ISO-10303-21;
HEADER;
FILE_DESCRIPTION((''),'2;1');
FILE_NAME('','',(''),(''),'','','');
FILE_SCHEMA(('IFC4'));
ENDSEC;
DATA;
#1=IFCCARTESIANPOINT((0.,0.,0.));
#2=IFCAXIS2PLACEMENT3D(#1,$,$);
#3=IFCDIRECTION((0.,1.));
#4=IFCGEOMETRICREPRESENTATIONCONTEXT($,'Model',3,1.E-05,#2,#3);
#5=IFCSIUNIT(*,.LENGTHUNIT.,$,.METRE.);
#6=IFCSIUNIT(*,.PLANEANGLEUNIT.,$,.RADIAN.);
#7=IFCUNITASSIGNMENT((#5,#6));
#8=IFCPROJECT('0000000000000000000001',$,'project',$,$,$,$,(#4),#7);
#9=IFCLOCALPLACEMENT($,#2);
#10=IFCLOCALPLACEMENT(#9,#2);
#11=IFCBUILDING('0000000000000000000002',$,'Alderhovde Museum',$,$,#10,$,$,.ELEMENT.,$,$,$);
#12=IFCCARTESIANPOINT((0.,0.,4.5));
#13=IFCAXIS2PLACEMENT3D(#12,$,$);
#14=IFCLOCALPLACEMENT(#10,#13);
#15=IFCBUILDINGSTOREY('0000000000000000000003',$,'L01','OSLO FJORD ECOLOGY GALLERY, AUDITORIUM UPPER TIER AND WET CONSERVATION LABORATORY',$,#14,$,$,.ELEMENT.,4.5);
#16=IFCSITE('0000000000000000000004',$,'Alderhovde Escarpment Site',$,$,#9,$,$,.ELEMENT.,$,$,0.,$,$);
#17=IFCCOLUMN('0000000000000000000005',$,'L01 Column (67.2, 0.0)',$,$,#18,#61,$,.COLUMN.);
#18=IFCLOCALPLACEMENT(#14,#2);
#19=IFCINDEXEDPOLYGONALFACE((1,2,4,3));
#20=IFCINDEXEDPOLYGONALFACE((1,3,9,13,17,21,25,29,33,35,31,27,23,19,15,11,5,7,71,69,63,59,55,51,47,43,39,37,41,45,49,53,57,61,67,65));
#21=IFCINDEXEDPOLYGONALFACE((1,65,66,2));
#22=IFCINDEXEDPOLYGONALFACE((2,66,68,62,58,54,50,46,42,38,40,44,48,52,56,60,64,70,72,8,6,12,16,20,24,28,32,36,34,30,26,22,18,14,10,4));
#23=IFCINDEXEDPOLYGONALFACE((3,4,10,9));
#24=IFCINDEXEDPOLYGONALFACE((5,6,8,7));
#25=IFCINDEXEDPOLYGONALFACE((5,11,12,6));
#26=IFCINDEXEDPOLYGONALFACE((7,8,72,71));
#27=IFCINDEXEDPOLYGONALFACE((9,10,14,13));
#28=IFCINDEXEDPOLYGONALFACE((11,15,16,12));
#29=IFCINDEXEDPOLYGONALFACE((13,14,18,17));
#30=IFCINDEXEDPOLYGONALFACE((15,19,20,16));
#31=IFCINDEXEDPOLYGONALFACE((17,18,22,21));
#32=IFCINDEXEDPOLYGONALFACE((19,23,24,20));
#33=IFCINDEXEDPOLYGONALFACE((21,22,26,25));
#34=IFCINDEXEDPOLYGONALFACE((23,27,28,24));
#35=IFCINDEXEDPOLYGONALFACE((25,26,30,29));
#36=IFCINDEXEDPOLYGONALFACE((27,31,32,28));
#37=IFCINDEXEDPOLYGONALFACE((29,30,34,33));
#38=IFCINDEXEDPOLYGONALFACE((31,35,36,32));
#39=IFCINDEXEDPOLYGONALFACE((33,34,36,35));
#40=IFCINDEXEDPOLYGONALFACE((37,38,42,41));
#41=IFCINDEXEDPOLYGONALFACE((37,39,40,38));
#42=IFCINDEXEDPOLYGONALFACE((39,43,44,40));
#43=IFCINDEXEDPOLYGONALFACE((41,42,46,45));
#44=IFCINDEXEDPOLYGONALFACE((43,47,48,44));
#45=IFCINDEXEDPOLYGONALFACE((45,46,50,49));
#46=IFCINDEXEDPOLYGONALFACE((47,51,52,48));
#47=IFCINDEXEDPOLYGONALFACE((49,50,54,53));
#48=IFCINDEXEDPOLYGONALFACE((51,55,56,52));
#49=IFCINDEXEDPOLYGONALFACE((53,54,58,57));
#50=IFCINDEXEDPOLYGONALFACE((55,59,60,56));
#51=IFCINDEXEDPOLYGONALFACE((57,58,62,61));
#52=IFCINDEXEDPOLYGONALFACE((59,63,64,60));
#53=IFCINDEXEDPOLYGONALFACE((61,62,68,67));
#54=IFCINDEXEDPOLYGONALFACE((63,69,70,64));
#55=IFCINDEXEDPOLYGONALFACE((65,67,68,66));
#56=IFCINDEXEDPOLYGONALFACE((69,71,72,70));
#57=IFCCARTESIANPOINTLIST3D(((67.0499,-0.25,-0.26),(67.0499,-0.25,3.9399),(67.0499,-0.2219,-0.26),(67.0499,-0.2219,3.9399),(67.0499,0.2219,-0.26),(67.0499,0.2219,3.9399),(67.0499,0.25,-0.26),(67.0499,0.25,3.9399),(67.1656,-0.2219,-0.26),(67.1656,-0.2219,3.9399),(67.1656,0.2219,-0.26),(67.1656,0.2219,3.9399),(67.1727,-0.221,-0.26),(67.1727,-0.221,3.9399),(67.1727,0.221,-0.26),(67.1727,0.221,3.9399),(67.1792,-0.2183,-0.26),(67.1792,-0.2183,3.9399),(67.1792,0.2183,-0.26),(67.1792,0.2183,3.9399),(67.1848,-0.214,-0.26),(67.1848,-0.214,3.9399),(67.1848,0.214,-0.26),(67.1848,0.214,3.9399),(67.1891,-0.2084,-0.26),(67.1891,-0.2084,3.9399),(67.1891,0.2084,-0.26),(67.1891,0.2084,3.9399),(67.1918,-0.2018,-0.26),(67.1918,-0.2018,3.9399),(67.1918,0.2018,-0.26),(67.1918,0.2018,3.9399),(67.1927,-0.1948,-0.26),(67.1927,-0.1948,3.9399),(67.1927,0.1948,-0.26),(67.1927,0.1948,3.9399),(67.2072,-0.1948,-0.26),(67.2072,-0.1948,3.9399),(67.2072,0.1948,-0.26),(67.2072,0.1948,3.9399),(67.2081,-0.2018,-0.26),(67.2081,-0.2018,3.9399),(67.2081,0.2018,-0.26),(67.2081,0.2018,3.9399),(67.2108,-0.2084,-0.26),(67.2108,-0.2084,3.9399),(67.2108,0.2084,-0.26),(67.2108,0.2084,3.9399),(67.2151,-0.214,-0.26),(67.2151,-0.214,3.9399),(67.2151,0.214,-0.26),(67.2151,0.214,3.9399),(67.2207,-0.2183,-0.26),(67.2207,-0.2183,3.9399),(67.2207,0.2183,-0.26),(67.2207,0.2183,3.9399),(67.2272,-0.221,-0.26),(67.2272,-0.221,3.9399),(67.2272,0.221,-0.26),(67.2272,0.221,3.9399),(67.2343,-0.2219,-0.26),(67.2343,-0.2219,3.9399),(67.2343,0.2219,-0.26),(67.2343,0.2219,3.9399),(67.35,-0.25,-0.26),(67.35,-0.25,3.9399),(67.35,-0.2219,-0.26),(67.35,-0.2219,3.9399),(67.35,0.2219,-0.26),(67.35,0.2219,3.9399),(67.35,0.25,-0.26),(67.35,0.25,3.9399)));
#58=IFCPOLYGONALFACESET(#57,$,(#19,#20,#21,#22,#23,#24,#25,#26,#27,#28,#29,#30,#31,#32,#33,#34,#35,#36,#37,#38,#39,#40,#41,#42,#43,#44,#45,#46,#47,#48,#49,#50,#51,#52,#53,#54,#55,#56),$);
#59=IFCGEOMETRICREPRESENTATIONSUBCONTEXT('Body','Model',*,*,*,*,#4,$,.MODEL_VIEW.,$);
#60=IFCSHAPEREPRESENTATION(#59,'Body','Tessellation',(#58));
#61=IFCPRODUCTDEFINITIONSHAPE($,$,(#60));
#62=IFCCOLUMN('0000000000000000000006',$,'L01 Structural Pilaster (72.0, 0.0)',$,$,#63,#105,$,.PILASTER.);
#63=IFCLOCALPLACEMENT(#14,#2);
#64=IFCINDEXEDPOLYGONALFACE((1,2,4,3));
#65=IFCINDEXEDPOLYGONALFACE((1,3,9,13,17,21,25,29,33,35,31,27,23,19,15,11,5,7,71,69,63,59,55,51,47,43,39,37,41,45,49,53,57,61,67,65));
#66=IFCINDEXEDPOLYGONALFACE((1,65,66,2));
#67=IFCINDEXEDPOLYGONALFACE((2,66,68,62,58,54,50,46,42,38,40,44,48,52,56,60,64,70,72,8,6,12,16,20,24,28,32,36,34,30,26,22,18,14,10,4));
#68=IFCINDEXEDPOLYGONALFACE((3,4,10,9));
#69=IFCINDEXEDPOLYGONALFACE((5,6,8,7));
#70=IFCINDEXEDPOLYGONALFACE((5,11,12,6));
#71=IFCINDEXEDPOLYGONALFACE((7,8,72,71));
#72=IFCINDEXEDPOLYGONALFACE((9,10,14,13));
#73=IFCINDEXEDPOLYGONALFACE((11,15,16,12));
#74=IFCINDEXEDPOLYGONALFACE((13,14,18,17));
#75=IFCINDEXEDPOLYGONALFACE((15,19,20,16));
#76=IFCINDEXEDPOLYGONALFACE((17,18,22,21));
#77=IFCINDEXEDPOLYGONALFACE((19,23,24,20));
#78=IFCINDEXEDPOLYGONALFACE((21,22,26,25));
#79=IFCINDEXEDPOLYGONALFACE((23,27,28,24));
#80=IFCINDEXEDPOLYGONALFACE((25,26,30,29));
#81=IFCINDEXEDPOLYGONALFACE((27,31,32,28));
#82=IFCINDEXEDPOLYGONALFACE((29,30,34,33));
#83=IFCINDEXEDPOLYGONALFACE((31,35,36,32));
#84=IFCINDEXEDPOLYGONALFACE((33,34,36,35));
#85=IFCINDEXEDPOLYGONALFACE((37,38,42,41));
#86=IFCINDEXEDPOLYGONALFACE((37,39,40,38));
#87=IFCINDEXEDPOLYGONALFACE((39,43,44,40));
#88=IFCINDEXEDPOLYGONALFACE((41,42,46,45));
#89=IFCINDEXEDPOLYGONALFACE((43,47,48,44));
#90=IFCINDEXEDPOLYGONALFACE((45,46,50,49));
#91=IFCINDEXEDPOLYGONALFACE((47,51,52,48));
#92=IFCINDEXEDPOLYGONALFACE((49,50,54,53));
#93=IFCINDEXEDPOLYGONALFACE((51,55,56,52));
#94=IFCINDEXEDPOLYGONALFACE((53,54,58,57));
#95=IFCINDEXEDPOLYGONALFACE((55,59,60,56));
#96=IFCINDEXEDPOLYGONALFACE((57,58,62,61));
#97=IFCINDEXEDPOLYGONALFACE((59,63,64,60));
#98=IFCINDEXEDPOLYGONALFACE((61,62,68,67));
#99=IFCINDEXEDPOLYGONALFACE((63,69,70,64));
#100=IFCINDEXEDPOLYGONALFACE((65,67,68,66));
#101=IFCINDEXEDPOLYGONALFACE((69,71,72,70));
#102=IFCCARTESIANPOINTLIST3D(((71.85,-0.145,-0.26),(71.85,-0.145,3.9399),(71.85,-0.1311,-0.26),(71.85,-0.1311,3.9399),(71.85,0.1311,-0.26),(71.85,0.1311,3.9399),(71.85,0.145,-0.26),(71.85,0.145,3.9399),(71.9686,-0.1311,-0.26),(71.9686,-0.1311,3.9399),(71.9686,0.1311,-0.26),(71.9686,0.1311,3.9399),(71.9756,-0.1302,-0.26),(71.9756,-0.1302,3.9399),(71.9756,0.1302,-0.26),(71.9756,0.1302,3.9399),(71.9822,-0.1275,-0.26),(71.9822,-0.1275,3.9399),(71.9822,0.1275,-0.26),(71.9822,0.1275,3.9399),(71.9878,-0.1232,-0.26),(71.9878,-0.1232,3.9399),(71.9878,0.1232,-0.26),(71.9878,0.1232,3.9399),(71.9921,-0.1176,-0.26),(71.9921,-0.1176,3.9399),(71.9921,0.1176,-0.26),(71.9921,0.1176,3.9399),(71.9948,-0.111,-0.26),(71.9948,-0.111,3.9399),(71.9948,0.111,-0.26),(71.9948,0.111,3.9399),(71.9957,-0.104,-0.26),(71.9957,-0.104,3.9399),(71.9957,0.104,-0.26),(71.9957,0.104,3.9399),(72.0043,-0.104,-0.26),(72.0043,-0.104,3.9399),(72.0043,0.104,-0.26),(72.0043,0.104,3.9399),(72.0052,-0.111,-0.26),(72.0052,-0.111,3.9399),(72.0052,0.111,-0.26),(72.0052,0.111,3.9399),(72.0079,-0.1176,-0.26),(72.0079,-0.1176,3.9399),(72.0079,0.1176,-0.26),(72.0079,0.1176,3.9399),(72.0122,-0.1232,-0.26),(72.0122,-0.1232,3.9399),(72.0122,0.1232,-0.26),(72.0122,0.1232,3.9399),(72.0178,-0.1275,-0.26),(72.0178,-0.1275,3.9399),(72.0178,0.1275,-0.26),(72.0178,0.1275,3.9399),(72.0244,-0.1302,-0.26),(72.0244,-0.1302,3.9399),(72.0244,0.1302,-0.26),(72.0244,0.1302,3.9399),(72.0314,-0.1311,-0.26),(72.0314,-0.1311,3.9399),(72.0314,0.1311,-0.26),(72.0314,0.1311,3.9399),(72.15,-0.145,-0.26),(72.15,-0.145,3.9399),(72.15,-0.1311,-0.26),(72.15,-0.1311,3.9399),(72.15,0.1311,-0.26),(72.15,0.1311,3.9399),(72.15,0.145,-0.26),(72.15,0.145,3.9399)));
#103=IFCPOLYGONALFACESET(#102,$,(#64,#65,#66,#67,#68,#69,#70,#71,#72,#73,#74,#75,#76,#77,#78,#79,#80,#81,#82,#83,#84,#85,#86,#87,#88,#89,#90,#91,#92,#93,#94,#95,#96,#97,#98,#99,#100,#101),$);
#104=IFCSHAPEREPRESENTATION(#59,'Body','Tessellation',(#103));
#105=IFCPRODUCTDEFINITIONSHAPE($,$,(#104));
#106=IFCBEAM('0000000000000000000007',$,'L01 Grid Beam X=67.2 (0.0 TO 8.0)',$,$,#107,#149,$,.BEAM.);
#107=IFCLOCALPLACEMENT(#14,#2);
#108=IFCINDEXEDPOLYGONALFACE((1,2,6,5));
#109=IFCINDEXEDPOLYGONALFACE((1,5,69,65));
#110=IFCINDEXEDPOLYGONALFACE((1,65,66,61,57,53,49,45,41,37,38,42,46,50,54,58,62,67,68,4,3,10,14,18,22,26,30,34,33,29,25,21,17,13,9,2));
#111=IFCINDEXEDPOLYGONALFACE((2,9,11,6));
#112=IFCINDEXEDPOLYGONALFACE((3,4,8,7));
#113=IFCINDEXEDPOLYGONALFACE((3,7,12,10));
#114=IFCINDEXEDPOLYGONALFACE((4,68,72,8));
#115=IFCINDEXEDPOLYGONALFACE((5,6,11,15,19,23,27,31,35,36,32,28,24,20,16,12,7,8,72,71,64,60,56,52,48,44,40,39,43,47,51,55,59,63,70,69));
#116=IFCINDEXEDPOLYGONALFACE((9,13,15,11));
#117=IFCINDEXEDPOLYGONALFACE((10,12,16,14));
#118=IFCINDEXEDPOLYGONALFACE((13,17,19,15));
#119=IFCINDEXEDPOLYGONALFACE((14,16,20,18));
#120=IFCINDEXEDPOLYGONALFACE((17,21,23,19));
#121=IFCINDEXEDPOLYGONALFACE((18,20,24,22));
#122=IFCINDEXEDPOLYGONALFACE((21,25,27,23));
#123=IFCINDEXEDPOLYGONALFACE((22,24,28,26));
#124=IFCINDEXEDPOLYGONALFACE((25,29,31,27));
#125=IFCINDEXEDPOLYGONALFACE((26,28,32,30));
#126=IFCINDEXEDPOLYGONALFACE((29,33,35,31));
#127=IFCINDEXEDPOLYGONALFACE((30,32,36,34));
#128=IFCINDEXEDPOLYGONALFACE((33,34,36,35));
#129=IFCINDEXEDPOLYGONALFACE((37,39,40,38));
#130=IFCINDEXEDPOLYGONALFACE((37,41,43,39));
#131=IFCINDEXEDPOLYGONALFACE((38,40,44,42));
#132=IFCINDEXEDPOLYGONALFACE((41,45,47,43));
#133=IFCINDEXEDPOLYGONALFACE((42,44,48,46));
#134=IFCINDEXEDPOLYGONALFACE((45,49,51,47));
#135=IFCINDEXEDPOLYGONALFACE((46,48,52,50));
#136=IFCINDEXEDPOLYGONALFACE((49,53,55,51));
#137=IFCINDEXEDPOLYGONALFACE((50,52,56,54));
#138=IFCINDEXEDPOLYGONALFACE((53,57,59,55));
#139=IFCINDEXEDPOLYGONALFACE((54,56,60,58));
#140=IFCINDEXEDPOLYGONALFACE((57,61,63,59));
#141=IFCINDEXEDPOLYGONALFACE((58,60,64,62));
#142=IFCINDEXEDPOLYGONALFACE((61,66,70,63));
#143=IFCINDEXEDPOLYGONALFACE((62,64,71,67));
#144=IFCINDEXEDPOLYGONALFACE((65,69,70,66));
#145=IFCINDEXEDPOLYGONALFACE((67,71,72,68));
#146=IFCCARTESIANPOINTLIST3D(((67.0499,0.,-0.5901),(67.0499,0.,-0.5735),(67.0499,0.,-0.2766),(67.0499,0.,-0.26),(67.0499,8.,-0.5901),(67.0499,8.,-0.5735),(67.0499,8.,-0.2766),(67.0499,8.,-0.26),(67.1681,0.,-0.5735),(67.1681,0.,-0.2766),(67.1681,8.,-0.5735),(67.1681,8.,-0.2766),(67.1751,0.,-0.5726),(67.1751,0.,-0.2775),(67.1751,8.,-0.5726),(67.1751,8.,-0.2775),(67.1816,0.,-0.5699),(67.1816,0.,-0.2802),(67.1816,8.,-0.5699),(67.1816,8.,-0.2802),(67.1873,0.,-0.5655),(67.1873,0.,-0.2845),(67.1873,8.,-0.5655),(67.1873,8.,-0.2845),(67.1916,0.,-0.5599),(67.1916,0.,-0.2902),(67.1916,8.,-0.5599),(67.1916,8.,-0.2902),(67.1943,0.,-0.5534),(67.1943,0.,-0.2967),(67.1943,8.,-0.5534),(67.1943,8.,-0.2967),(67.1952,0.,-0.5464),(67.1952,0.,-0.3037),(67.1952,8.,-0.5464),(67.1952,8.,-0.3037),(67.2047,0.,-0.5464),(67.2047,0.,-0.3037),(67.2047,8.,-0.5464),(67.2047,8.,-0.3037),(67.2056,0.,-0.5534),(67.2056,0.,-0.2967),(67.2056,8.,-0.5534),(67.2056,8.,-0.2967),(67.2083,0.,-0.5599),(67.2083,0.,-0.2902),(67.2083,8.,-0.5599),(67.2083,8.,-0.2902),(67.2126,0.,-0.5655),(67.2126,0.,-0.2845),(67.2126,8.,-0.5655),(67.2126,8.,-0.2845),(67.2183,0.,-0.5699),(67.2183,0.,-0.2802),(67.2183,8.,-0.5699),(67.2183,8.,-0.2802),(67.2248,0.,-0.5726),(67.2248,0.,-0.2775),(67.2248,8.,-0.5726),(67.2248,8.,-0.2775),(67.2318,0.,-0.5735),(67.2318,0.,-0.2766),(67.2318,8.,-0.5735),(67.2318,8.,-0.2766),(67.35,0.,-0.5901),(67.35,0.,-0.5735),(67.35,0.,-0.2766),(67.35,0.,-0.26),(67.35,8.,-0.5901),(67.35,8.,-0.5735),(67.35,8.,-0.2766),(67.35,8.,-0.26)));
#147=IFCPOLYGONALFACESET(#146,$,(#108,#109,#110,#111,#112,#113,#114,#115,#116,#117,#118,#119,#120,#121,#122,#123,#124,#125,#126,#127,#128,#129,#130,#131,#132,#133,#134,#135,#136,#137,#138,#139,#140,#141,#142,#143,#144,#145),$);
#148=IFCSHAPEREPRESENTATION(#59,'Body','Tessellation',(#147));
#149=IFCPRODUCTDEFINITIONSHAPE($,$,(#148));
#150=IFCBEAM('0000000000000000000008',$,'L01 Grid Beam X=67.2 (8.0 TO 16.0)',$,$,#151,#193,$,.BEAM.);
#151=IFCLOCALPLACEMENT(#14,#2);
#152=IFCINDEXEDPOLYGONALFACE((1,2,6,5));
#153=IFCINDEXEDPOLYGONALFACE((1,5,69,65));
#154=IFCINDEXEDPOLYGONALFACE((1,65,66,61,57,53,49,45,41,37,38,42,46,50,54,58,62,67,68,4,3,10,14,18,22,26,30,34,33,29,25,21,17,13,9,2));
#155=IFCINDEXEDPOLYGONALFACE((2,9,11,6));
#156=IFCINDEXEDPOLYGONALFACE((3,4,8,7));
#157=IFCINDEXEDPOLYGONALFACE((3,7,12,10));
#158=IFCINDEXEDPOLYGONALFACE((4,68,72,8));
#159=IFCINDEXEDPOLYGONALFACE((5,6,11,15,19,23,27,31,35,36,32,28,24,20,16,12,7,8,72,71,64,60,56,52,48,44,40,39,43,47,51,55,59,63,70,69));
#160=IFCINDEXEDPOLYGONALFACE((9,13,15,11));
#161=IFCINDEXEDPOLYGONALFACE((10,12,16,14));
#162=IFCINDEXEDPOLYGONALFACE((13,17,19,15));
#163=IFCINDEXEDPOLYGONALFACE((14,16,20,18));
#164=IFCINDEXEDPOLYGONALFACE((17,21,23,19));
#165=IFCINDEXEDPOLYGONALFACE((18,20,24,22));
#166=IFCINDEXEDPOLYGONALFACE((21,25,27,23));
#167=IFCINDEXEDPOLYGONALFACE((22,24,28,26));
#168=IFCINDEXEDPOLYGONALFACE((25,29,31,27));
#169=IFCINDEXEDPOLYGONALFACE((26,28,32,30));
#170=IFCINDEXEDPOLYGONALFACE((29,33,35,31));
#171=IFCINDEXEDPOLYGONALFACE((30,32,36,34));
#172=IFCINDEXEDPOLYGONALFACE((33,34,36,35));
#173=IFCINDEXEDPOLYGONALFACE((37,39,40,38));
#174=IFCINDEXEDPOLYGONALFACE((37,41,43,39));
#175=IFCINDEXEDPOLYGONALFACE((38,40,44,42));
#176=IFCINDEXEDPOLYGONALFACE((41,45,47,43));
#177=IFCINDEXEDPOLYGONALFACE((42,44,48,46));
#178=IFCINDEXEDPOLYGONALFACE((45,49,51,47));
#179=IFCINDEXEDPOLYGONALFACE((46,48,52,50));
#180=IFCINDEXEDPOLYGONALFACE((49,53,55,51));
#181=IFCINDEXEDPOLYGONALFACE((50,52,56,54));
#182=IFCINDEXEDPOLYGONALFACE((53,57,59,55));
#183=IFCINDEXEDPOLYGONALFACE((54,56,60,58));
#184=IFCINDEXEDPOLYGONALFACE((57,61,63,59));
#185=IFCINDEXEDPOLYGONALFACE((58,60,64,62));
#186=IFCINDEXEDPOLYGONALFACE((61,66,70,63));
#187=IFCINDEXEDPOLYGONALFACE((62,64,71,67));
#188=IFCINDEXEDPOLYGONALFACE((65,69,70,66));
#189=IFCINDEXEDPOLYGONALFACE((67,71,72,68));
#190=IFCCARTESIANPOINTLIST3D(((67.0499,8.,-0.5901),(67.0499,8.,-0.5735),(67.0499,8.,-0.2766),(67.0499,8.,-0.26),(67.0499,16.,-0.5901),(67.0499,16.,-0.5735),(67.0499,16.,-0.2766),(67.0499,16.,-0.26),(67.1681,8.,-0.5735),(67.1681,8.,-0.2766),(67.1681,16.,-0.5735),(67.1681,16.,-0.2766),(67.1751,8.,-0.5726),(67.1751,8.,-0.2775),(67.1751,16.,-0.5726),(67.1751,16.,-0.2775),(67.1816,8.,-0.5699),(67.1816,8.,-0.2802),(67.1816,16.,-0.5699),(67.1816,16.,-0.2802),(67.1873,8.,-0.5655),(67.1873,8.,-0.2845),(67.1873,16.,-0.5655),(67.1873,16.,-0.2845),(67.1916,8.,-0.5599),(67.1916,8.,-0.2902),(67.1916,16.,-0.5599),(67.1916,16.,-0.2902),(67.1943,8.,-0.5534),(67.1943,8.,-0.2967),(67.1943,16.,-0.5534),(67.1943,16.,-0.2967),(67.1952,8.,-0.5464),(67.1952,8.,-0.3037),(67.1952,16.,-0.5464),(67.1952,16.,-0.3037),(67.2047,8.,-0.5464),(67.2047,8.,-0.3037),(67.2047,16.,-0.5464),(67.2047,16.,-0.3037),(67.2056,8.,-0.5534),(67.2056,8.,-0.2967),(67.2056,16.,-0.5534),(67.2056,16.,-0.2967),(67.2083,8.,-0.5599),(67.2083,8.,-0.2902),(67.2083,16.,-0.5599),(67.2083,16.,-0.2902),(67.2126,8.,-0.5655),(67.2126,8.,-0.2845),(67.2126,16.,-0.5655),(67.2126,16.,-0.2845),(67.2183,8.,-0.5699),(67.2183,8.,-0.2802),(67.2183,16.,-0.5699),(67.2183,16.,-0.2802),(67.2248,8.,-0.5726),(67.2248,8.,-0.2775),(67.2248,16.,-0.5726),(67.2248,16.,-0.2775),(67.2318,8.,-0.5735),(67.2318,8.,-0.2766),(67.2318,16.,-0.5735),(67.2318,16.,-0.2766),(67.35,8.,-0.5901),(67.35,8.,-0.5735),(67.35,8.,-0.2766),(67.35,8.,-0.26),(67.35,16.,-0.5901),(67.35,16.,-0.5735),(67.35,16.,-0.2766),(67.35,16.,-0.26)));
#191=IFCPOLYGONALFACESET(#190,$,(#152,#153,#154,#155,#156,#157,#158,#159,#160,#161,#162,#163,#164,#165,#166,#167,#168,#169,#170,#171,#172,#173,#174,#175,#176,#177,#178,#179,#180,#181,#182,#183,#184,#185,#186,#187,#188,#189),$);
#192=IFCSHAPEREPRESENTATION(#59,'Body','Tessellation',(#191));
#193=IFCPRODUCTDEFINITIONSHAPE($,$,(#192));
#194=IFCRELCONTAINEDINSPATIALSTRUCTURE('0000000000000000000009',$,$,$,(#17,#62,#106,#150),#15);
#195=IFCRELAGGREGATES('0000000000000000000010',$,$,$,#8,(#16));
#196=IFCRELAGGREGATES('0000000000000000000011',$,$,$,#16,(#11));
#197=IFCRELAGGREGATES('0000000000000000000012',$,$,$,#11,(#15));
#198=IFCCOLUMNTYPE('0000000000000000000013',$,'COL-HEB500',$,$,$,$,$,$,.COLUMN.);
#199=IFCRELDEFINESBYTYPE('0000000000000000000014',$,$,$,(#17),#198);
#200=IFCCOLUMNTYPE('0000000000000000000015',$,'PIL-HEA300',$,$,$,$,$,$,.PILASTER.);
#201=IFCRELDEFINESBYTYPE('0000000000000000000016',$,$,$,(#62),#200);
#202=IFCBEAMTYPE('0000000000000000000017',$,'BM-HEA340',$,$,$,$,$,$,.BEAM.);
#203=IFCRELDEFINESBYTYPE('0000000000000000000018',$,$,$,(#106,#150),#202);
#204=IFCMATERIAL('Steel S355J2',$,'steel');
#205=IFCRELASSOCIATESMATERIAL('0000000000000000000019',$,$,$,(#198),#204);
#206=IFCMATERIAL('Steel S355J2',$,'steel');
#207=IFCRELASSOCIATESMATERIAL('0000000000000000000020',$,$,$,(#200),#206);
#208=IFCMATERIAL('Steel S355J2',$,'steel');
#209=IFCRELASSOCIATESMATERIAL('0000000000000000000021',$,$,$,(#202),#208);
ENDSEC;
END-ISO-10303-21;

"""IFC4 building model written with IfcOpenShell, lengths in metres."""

from ifc_helpers import new_model, si_unit, direction, frame, origin, origin_2d, place, context, subcontext, project, spatial, i_section, extrude, material, material_profile, profile_set, type_object, element, save


model = new_model("IFC4")

# Units and contexts
model_context = context("Model", 3, precision=1e-05, world=origin(), true_north=direction((0.0, 1.0)))
body_context = subcontext(model_context, "Body", "Model", "MODEL_VIEW")
ifc_project = project(units=[si_unit("LENGTHUNIT", "METRE"), si_unit("PLANEANGLEUNIT", "RADIAN")], contexts=[model_context])

# Site, building, storey
site_placement = place(None, origin())
site = spatial("IfcSite", under=ifc_project, at=site_placement, Name="Alderhovde Escarpment Site", CompositionType="ELEMENT", RefElevation=0.0)
building_placement = place(site_placement, origin())
building = spatial("IfcBuilding", under=site, at=building_placement, Name="Alderhovde Museum", CompositionType="ELEMENT")
storey_placement = place(building_placement, frame((0.0, 0.0, 4.5)))
storey = spatial("IfcBuildingStorey", under=building, at=storey_placement, Name="L01", Description="OSLO FJORD ECOLOGY GALLERY, AUDITORIUM UPPER TIER AND WET CONSERVATION LABORATORY", CompositionType="ELEMENT", Elevation=4.5)

# Columns
ifc_material_1 = material(Name="Steel S355J2", Category="steel")
ifc_material_profile_1 = material_profile(ifc_material_1, i_section(OverallWidth=0.3, OverallDepth=0.5, WebThickness=0.0144, FlangeThickness=0.0281, FilletRadius=0.0271, at=origin_2d()), Name="HEB 500")
ifc_profile_set_1 = profile_set([ifc_material_profile_1], Name="Steel S355J2")
column_type_1 = type_object("IfcColumnType", Name="COL-HEB500", PredefinedType="COLUMN", material=ifc_profile_set_1)
column_1_placement = place(storey_placement, frame((67.2, 0.0, -0.26), z_axis=(0.0, 0.0, 1.0), x_axis=(1.0, 0.0, 0.0)))
element("IfcColumn", 1, at=column_1_placement, inside=storey, type_object=column_type_1, Name="L01 Column (67.2, 0.0)", PredefinedType="COLUMN", context=body_context, shape_type="SweptSolid", body=[
    extrude(i_section(OverallWidth=0.3, OverallDepth=0.5, WebThickness=0.0144, FlangeThickness=0.0281, FilletRadius=0.0271, at=origin_2d()), origin(), (0.0, 0.0, 1.0), 4.2),
])
ifc_material_2 = material(Name="Steel S355J2", Category="steel")
ifc_material_profile_2 = material_profile(ifc_material_2, i_section(OverallWidth=0.3, OverallDepth=0.29, WebThickness=0.0085, FlangeThickness=0.0139, FilletRadius=0.0271, at=origin_2d()), Name="HEA 300")
ifc_profile_set_2 = profile_set([ifc_material_profile_2], Name="Steel S355J2")
column_type_2 = type_object("IfcColumnType", Name="PIL-HEA300", PredefinedType="PILASTER", material=ifc_profile_set_2)
column_2_placement = place(storey_placement, frame((72.0, 0.0, -0.26), z_axis=(0.0, 0.0, 1.0), x_axis=(1.0, 0.0, 0.0)))
element("IfcColumn", 2, at=column_2_placement, inside=storey, type_object=column_type_2, Name="L01 Structural Pilaster (72.0, 0.0)", PredefinedType="PILASTER", context=body_context, shape_type="SweptSolid", body=[
    extrude(i_section(OverallWidth=0.3, OverallDepth=0.29, WebThickness=0.0085, FlangeThickness=0.0139, FilletRadius=0.0271, at=origin_2d()), origin(), (0.0, 0.0, 1.0), 4.2),
])

# Beams
ifc_material_3 = material(Name="Steel S355J2", Category="steel")
ifc_material_profile_3 = material_profile(ifc_material_3, i_section(OverallWidth=0.3, OverallDepth=0.3301, WebThickness=0.0095, FlangeThickness=0.0166, FilletRadius=0.0271, at=origin_2d()), Name="HEA 340")
ifc_profile_set_3 = profile_set([ifc_material_profile_3], Name="Steel S355J2")
beam_type_1 = type_object("IfcBeamType", Name="BM-HEA340", PredefinedType="BEAM", material=ifc_profile_set_3)
for number, where, z_axis, x_axis, name in (
    (3, (67.2, 0.0, -0.425), (0.0, 1.0, 0.0), (-1.0, 0.0, 0.0), "L01 Grid Beam X=67.2 (0.0 TO 8.0)"),
    (4, (67.2, 8.0, -0.425), (0.0, 1.0, 0.0), (-1.0, 0.0, 0.0), "L01 Grid Beam X=67.2 (8.0 TO 16.0)"),
):
    element("IfcBeam", number, at=place(storey_placement, frame(where, z_axis=z_axis, x_axis=x_axis)), inside=storey, type_object=beam_type_1, Name=name, PredefinedType="BEAM", context=body_context, shape_type="SweptSolid", body=[
        extrude(i_section(OverallWidth=0.3, OverallDepth=0.3301, WebThickness=0.0095, FlangeThickness=0.0166, FilletRadius=0.0271, at=origin_2d()), origin(), (0.0, 0.0, 1.0), 8.0),
    ])

save(model, "model.ifc")
